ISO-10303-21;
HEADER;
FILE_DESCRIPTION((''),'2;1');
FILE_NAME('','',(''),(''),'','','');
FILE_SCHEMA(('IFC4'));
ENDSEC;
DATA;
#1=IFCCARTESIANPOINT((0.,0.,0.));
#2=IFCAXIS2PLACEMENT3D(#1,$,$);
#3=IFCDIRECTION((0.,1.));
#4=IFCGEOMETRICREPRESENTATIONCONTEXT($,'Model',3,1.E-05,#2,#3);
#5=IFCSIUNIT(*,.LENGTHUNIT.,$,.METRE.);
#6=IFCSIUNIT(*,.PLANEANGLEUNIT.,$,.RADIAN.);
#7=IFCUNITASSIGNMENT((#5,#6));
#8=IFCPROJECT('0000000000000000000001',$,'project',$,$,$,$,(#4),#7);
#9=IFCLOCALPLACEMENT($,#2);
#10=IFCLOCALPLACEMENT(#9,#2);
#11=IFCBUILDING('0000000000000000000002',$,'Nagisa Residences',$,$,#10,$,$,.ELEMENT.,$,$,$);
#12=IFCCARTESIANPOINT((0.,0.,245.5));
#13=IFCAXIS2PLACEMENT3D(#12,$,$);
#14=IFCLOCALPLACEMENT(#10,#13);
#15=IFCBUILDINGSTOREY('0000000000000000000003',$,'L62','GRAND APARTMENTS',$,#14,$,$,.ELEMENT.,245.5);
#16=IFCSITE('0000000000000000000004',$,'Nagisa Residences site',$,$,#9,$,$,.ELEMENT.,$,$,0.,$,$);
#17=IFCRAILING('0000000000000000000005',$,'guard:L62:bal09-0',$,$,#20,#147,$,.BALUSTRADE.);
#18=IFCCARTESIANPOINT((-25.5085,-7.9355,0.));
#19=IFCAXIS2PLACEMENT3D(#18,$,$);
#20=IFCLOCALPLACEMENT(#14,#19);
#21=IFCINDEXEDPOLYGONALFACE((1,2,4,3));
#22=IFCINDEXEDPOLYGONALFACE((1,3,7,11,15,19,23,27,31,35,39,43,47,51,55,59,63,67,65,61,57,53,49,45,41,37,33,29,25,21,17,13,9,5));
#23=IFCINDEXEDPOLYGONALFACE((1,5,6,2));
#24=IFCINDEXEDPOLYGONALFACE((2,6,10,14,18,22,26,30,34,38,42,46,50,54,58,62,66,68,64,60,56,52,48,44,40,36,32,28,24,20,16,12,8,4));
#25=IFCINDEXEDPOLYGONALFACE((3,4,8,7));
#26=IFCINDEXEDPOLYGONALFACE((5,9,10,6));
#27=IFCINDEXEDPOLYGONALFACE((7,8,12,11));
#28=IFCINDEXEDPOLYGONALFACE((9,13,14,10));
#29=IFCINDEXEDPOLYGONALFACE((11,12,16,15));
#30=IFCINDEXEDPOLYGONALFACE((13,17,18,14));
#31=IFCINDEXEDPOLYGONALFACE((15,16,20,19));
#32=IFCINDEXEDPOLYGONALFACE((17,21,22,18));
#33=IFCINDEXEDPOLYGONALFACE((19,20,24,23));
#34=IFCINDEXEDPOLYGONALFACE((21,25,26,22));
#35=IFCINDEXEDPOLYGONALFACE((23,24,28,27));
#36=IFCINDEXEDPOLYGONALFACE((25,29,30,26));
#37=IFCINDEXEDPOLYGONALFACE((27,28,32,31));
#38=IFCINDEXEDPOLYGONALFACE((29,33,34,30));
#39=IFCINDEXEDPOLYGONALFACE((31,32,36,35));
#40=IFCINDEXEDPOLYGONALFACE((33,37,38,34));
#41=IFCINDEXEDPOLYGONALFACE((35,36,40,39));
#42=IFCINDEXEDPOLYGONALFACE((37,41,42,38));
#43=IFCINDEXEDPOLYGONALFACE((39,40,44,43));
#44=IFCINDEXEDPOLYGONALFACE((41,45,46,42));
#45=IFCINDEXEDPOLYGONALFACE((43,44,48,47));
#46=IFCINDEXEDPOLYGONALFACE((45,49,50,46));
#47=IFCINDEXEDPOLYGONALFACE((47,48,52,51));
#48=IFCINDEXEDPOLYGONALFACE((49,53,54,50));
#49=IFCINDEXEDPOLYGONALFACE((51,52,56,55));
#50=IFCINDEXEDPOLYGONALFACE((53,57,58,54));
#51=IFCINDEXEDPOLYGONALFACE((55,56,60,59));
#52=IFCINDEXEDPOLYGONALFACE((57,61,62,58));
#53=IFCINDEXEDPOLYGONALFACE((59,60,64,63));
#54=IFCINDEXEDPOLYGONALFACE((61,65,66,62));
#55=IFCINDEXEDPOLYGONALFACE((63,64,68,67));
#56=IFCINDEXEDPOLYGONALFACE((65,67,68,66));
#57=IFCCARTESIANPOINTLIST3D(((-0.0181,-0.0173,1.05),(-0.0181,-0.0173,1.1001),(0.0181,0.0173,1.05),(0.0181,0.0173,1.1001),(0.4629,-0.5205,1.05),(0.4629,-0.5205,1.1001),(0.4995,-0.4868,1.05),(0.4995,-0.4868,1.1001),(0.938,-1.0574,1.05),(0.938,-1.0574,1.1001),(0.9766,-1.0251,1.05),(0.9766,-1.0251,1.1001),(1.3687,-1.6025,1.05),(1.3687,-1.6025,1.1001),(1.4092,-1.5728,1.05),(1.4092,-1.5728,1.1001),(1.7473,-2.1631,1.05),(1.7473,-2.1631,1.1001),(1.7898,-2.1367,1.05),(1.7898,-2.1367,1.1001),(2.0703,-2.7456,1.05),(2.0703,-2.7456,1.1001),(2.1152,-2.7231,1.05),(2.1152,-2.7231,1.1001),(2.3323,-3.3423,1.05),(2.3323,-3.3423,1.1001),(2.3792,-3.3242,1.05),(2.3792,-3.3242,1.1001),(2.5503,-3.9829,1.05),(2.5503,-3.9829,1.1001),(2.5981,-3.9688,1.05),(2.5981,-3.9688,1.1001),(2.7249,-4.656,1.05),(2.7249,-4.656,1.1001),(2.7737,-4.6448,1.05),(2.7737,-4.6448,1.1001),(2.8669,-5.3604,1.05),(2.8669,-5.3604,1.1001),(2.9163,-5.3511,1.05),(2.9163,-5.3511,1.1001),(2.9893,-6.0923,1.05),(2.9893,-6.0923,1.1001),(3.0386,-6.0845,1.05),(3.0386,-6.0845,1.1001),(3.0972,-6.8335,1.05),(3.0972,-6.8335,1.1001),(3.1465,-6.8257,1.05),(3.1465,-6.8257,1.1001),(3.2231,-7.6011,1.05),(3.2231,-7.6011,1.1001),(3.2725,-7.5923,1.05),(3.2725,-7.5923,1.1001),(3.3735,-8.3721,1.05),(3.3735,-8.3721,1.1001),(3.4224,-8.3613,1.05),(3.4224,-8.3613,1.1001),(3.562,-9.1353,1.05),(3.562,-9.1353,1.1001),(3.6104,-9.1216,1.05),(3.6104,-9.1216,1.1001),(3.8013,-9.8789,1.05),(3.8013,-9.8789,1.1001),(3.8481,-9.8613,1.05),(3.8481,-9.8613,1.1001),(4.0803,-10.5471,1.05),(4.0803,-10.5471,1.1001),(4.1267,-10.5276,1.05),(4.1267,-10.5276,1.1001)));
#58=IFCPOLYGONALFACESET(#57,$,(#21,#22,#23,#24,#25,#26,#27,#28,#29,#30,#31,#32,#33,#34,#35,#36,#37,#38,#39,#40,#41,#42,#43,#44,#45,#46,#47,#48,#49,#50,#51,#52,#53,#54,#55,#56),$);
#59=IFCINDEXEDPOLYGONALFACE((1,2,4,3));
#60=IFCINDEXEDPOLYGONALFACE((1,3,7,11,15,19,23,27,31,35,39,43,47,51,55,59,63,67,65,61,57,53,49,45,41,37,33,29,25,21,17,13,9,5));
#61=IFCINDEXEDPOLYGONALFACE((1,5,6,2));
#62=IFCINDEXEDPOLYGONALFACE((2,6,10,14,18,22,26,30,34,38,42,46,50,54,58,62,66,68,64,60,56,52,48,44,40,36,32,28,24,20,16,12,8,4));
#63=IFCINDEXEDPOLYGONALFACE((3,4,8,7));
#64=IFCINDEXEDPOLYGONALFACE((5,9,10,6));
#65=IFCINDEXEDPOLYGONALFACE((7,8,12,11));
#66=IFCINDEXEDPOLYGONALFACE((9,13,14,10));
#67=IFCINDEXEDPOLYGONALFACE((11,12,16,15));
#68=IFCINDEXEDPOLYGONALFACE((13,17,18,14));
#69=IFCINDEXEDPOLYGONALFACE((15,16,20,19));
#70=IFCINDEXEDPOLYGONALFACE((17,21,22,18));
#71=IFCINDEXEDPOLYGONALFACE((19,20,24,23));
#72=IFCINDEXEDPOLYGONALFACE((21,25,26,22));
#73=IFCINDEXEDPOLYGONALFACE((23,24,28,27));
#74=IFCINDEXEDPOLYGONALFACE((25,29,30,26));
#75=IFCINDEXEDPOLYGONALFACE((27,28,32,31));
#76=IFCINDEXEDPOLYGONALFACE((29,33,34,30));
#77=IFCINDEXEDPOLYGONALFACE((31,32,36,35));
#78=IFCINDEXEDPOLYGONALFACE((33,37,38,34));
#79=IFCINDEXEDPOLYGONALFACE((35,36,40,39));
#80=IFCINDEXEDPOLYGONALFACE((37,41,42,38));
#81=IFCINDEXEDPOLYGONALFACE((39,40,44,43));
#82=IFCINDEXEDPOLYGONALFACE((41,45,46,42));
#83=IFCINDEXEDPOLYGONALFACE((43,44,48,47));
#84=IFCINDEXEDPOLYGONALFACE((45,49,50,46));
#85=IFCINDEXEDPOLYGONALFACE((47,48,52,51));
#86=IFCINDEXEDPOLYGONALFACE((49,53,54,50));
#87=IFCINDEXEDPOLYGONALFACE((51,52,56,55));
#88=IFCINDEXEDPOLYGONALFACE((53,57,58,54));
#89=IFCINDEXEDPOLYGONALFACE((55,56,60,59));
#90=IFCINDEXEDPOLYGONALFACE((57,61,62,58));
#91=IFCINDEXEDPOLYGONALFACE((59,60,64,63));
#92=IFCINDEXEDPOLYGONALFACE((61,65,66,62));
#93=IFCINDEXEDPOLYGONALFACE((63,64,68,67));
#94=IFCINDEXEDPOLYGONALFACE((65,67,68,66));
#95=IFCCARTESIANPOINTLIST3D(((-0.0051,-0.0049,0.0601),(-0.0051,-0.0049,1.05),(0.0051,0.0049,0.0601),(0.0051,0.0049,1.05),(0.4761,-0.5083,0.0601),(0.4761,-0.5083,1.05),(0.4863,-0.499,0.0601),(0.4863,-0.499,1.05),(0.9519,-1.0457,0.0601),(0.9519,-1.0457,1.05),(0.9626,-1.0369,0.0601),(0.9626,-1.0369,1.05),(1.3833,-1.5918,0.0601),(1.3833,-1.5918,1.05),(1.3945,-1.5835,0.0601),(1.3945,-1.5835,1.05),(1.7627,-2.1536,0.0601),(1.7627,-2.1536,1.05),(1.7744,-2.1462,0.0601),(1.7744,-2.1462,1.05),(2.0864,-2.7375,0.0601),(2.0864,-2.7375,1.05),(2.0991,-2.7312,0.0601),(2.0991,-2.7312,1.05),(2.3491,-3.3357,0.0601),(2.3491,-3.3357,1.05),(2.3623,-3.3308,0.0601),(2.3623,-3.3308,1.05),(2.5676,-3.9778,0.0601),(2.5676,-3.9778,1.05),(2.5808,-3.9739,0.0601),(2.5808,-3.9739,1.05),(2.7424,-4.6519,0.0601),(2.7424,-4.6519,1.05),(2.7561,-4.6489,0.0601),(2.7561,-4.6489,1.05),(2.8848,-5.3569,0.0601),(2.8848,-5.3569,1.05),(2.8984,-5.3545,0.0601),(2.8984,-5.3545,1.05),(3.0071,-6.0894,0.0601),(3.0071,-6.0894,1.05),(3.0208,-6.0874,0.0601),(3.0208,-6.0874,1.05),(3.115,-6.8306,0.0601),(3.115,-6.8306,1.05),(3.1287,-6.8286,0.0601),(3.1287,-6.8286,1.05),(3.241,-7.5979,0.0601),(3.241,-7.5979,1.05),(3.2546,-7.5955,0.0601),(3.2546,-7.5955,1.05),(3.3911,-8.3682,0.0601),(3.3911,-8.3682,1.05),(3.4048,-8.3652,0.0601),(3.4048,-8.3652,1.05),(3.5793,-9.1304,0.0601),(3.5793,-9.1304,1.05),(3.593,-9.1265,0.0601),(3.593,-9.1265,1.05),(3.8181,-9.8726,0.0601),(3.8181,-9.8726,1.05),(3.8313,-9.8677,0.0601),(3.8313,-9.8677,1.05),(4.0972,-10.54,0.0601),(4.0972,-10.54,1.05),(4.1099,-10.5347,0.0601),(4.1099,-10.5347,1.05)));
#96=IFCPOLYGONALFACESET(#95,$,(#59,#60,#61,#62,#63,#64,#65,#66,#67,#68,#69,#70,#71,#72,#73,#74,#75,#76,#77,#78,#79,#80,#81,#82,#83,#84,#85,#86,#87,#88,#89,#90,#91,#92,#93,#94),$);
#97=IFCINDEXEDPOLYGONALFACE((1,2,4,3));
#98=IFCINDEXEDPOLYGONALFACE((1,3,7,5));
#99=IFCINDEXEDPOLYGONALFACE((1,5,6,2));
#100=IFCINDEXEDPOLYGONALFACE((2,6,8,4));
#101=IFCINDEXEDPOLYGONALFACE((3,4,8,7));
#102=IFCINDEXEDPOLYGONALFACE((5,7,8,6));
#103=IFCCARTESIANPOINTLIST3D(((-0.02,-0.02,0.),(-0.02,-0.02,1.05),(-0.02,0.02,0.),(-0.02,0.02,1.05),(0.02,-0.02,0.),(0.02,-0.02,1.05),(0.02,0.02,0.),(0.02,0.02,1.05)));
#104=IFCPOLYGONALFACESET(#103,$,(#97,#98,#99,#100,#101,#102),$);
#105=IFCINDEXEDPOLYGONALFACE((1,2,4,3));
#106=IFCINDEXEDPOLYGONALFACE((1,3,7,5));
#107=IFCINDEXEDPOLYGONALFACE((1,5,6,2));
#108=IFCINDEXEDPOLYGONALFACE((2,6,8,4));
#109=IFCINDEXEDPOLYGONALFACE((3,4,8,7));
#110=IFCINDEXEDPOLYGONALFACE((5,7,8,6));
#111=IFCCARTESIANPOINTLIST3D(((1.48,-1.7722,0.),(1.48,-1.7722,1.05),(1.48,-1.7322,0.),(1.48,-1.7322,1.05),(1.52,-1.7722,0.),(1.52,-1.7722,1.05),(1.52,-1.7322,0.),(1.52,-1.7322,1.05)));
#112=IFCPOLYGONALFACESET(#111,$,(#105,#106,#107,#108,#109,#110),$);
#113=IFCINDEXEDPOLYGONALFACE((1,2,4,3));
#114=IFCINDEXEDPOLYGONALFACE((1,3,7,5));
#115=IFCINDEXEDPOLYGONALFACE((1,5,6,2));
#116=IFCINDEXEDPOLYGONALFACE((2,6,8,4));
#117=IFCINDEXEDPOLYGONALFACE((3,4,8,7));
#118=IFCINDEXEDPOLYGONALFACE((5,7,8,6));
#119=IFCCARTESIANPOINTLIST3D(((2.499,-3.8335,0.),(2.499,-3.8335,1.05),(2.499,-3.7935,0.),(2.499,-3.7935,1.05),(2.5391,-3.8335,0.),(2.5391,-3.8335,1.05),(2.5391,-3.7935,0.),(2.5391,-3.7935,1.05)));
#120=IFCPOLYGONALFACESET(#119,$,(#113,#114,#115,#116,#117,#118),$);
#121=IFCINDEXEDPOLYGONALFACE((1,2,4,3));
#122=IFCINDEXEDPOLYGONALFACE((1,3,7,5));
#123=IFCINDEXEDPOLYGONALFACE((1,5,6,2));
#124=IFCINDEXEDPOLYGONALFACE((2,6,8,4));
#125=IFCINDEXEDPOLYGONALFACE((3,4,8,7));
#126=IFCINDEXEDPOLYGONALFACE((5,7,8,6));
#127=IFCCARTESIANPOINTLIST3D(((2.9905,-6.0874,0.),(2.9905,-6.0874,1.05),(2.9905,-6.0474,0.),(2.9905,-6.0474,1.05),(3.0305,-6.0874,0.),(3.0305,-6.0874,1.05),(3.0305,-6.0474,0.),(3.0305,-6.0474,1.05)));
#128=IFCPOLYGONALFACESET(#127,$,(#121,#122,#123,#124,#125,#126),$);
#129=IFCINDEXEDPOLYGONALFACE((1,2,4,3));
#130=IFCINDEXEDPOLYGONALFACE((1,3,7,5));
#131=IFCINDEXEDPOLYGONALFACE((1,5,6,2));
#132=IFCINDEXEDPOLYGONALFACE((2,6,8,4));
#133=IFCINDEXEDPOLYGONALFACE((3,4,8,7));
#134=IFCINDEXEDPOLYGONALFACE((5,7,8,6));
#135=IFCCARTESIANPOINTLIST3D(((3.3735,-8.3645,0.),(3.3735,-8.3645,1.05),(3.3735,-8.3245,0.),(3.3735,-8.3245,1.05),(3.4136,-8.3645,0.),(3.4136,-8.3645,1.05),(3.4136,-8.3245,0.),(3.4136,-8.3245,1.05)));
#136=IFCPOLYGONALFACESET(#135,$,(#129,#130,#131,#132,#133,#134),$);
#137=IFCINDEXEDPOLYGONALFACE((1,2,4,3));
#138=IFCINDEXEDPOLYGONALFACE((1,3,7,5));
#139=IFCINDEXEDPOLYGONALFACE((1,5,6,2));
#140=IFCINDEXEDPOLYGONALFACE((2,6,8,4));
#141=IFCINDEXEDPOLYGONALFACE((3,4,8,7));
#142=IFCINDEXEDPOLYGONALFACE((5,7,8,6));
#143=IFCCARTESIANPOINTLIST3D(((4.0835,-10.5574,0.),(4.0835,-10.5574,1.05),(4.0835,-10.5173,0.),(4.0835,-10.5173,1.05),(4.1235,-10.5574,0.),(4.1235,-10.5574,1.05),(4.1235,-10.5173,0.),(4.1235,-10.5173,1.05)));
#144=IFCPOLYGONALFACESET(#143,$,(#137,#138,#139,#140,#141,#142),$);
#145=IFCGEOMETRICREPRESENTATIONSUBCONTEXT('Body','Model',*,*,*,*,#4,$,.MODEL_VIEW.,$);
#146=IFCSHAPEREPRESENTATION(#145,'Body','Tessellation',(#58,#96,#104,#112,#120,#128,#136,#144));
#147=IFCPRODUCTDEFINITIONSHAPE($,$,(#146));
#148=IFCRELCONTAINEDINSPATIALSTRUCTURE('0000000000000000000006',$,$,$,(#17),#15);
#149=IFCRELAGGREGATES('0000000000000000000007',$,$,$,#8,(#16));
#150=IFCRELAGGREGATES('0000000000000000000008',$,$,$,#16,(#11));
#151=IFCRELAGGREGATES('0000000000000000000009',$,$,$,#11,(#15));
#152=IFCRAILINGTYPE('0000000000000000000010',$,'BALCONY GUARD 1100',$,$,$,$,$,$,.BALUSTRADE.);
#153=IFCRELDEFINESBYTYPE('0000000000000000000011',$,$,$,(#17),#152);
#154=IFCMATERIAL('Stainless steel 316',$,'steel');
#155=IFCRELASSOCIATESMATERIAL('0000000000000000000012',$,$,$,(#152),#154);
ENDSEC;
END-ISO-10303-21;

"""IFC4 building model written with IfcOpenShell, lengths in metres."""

from ifc_helpers import new_model, si_unit, direction, frame, origin, origin_2d, place, context, subcontext, project, spatial, polyline, rectangle, outline, extrude, material, type_object, element, save


model = new_model("IFC4")

# Units and contexts
model_context = context("Model", 3, precision=1e-05, world=origin(), true_north=direction((0.0, 1.0)))
body_context = subcontext(model_context, "Body", "Model", "MODEL_VIEW")
ifc_project = project(units=[si_unit("LENGTHUNIT", "METRE"), si_unit("PLANEANGLEUNIT", "RADIAN")], contexts=[model_context])

# Site, building, storey
site_placement = place(None, origin())
site = spatial("IfcSite", under=ifc_project, at=site_placement, Name="Nagisa Residences site", CompositionType="ELEMENT", RefElevation=0.0)
building_placement = place(site_placement, origin())
building = spatial("IfcBuilding", under=site, at=building_placement, Name="Nagisa Residences", CompositionType="ELEMENT")
storey_placement = place(building_placement, frame((0.0, 0.0, 245.5)))
storey = spatial("IfcBuildingStorey", under=building, at=storey_placement, Name="L62", Description="GRAND APARTMENTS", CompositionType="ELEMENT", Elevation=245.5)

# Railing
ifc_material_1 = material(Name="Stainless steel 316", Category="steel")
railing_type = type_object("IfcRailingType", Name="BALCONY GUARD 1100", PredefinedType="BALUSTRADE", material=ifc_material_1)
railing_placement = place(storey_placement, frame((-25.5085, -7.9355, 0.0)))
element("IfcRailing", 1, at=railing_placement, inside=storey, type_object=railing_type, Name="guard:L62:bal09-0", PredefinedType="BALUSTRADE", context=body_context, shape_type="SweptSolid", body=[
    extrude(outline(polyline([(0.4995, -0.4868), (0.0181, 0.0173), (-0.0181, -0.0173), (0.4629, -0.5205), (0.938, -1.0574), (1.3687, -1.6025), (1.7473, -2.1631), (2.0703, -2.7456), (2.3323, -3.3423), (2.5503, -3.9829), (2.7249, -4.656), (2.8669, -5.3604), (2.9893, -6.0923), (3.0972, -6.8335), (3.2231, -7.6011), (3.3735, -8.3721), (3.562, -9.1353), (3.8013, -9.8789), (4.0803, -10.5471), (4.1267, -10.5276), (3.8481, -9.8613), (3.6104, -9.1216), (3.4224, -8.3613), (3.2725, -7.5923), (3.1465, -6.8257), (3.0386, -6.0845), (2.9163, -5.3511), (2.7737, -4.6448), (2.5981, -3.9688), (2.3792, -3.3242), (2.1152, -2.7231), (1.7898, -2.1367), (1.4092, -1.5728), (0.9766, -1.0251), (0.4995, -0.4868)])), frame((0.0, 0.0, 1.05)), (0.0, 0.0, 1.0), 0.05),
    extrude(outline(polyline([(0.4863, -0.499), (0.0051, 0.0049), (-0.0051, -0.0049), (0.4761, -0.5083), (0.9519, -1.0457), (1.3833, -1.5918), (1.7627, -2.1536), (2.0864, -2.7375), (2.3491, -3.3357), (2.5676, -3.9778), (2.7424, -4.6519), (2.8848, -5.3569), (3.0071, -6.0894), (3.115, -6.8306), (3.241, -7.5979), (3.3911, -8.3682), (3.5793, -9.1304), (3.8181, -9.8726), (4.0972, -10.54), (4.1099, -10.5347), (3.8313, -9.8677), (3.593, -9.1265), (3.4048, -8.3652), (3.2546, -7.5955), (3.1287, -6.8286), (3.0208, -6.0874), (2.8984, -5.3545), (2.7561, -4.6489), (2.5808, -3.9739), (2.3623, -3.3308), (2.0991, -2.7312), (1.7744, -2.1462), (1.3945, -1.5835), (0.9626, -1.0369), (0.4863, -0.499)])), frame((0.0, 0.0, 0.0601)), (0.0, 0.0, 1.0), 0.99),
    extrude(rectangle(XDim=0.04, YDim=0.04, at=origin_2d()), origin(), (0.0, 0.0, 1.0), 1.05),
    extrude(rectangle(XDim=0.04, YDim=0.04, at=origin_2d()), frame((1.5, -1.7522, 0.0)), (0.0, 0.0, 1.0), 1.05),
    extrude(rectangle(XDim=0.04, YDim=0.04, at=origin_2d()), frame((2.519, -3.8135, 0.0)), (0.0, 0.0, 1.0), 1.05),
    extrude(rectangle(XDim=0.04, YDim=0.04, at=origin_2d()), frame((3.0105, -6.0674, 0.0)), (0.0, 0.0, 1.0), 1.05),
    extrude(rectangle(XDim=0.04, YDim=0.04, at=origin_2d()), frame((3.3936, -8.3445, 0.0)), (0.0, 0.0, 1.0), 1.05),
    extrude(rectangle(XDim=0.04, YDim=0.04, at=origin_2d()), frame((4.1035, -10.5374, 0.0)), (0.0, 0.0, 1.0), 1.05),
])

save(model, "model.ifc")
